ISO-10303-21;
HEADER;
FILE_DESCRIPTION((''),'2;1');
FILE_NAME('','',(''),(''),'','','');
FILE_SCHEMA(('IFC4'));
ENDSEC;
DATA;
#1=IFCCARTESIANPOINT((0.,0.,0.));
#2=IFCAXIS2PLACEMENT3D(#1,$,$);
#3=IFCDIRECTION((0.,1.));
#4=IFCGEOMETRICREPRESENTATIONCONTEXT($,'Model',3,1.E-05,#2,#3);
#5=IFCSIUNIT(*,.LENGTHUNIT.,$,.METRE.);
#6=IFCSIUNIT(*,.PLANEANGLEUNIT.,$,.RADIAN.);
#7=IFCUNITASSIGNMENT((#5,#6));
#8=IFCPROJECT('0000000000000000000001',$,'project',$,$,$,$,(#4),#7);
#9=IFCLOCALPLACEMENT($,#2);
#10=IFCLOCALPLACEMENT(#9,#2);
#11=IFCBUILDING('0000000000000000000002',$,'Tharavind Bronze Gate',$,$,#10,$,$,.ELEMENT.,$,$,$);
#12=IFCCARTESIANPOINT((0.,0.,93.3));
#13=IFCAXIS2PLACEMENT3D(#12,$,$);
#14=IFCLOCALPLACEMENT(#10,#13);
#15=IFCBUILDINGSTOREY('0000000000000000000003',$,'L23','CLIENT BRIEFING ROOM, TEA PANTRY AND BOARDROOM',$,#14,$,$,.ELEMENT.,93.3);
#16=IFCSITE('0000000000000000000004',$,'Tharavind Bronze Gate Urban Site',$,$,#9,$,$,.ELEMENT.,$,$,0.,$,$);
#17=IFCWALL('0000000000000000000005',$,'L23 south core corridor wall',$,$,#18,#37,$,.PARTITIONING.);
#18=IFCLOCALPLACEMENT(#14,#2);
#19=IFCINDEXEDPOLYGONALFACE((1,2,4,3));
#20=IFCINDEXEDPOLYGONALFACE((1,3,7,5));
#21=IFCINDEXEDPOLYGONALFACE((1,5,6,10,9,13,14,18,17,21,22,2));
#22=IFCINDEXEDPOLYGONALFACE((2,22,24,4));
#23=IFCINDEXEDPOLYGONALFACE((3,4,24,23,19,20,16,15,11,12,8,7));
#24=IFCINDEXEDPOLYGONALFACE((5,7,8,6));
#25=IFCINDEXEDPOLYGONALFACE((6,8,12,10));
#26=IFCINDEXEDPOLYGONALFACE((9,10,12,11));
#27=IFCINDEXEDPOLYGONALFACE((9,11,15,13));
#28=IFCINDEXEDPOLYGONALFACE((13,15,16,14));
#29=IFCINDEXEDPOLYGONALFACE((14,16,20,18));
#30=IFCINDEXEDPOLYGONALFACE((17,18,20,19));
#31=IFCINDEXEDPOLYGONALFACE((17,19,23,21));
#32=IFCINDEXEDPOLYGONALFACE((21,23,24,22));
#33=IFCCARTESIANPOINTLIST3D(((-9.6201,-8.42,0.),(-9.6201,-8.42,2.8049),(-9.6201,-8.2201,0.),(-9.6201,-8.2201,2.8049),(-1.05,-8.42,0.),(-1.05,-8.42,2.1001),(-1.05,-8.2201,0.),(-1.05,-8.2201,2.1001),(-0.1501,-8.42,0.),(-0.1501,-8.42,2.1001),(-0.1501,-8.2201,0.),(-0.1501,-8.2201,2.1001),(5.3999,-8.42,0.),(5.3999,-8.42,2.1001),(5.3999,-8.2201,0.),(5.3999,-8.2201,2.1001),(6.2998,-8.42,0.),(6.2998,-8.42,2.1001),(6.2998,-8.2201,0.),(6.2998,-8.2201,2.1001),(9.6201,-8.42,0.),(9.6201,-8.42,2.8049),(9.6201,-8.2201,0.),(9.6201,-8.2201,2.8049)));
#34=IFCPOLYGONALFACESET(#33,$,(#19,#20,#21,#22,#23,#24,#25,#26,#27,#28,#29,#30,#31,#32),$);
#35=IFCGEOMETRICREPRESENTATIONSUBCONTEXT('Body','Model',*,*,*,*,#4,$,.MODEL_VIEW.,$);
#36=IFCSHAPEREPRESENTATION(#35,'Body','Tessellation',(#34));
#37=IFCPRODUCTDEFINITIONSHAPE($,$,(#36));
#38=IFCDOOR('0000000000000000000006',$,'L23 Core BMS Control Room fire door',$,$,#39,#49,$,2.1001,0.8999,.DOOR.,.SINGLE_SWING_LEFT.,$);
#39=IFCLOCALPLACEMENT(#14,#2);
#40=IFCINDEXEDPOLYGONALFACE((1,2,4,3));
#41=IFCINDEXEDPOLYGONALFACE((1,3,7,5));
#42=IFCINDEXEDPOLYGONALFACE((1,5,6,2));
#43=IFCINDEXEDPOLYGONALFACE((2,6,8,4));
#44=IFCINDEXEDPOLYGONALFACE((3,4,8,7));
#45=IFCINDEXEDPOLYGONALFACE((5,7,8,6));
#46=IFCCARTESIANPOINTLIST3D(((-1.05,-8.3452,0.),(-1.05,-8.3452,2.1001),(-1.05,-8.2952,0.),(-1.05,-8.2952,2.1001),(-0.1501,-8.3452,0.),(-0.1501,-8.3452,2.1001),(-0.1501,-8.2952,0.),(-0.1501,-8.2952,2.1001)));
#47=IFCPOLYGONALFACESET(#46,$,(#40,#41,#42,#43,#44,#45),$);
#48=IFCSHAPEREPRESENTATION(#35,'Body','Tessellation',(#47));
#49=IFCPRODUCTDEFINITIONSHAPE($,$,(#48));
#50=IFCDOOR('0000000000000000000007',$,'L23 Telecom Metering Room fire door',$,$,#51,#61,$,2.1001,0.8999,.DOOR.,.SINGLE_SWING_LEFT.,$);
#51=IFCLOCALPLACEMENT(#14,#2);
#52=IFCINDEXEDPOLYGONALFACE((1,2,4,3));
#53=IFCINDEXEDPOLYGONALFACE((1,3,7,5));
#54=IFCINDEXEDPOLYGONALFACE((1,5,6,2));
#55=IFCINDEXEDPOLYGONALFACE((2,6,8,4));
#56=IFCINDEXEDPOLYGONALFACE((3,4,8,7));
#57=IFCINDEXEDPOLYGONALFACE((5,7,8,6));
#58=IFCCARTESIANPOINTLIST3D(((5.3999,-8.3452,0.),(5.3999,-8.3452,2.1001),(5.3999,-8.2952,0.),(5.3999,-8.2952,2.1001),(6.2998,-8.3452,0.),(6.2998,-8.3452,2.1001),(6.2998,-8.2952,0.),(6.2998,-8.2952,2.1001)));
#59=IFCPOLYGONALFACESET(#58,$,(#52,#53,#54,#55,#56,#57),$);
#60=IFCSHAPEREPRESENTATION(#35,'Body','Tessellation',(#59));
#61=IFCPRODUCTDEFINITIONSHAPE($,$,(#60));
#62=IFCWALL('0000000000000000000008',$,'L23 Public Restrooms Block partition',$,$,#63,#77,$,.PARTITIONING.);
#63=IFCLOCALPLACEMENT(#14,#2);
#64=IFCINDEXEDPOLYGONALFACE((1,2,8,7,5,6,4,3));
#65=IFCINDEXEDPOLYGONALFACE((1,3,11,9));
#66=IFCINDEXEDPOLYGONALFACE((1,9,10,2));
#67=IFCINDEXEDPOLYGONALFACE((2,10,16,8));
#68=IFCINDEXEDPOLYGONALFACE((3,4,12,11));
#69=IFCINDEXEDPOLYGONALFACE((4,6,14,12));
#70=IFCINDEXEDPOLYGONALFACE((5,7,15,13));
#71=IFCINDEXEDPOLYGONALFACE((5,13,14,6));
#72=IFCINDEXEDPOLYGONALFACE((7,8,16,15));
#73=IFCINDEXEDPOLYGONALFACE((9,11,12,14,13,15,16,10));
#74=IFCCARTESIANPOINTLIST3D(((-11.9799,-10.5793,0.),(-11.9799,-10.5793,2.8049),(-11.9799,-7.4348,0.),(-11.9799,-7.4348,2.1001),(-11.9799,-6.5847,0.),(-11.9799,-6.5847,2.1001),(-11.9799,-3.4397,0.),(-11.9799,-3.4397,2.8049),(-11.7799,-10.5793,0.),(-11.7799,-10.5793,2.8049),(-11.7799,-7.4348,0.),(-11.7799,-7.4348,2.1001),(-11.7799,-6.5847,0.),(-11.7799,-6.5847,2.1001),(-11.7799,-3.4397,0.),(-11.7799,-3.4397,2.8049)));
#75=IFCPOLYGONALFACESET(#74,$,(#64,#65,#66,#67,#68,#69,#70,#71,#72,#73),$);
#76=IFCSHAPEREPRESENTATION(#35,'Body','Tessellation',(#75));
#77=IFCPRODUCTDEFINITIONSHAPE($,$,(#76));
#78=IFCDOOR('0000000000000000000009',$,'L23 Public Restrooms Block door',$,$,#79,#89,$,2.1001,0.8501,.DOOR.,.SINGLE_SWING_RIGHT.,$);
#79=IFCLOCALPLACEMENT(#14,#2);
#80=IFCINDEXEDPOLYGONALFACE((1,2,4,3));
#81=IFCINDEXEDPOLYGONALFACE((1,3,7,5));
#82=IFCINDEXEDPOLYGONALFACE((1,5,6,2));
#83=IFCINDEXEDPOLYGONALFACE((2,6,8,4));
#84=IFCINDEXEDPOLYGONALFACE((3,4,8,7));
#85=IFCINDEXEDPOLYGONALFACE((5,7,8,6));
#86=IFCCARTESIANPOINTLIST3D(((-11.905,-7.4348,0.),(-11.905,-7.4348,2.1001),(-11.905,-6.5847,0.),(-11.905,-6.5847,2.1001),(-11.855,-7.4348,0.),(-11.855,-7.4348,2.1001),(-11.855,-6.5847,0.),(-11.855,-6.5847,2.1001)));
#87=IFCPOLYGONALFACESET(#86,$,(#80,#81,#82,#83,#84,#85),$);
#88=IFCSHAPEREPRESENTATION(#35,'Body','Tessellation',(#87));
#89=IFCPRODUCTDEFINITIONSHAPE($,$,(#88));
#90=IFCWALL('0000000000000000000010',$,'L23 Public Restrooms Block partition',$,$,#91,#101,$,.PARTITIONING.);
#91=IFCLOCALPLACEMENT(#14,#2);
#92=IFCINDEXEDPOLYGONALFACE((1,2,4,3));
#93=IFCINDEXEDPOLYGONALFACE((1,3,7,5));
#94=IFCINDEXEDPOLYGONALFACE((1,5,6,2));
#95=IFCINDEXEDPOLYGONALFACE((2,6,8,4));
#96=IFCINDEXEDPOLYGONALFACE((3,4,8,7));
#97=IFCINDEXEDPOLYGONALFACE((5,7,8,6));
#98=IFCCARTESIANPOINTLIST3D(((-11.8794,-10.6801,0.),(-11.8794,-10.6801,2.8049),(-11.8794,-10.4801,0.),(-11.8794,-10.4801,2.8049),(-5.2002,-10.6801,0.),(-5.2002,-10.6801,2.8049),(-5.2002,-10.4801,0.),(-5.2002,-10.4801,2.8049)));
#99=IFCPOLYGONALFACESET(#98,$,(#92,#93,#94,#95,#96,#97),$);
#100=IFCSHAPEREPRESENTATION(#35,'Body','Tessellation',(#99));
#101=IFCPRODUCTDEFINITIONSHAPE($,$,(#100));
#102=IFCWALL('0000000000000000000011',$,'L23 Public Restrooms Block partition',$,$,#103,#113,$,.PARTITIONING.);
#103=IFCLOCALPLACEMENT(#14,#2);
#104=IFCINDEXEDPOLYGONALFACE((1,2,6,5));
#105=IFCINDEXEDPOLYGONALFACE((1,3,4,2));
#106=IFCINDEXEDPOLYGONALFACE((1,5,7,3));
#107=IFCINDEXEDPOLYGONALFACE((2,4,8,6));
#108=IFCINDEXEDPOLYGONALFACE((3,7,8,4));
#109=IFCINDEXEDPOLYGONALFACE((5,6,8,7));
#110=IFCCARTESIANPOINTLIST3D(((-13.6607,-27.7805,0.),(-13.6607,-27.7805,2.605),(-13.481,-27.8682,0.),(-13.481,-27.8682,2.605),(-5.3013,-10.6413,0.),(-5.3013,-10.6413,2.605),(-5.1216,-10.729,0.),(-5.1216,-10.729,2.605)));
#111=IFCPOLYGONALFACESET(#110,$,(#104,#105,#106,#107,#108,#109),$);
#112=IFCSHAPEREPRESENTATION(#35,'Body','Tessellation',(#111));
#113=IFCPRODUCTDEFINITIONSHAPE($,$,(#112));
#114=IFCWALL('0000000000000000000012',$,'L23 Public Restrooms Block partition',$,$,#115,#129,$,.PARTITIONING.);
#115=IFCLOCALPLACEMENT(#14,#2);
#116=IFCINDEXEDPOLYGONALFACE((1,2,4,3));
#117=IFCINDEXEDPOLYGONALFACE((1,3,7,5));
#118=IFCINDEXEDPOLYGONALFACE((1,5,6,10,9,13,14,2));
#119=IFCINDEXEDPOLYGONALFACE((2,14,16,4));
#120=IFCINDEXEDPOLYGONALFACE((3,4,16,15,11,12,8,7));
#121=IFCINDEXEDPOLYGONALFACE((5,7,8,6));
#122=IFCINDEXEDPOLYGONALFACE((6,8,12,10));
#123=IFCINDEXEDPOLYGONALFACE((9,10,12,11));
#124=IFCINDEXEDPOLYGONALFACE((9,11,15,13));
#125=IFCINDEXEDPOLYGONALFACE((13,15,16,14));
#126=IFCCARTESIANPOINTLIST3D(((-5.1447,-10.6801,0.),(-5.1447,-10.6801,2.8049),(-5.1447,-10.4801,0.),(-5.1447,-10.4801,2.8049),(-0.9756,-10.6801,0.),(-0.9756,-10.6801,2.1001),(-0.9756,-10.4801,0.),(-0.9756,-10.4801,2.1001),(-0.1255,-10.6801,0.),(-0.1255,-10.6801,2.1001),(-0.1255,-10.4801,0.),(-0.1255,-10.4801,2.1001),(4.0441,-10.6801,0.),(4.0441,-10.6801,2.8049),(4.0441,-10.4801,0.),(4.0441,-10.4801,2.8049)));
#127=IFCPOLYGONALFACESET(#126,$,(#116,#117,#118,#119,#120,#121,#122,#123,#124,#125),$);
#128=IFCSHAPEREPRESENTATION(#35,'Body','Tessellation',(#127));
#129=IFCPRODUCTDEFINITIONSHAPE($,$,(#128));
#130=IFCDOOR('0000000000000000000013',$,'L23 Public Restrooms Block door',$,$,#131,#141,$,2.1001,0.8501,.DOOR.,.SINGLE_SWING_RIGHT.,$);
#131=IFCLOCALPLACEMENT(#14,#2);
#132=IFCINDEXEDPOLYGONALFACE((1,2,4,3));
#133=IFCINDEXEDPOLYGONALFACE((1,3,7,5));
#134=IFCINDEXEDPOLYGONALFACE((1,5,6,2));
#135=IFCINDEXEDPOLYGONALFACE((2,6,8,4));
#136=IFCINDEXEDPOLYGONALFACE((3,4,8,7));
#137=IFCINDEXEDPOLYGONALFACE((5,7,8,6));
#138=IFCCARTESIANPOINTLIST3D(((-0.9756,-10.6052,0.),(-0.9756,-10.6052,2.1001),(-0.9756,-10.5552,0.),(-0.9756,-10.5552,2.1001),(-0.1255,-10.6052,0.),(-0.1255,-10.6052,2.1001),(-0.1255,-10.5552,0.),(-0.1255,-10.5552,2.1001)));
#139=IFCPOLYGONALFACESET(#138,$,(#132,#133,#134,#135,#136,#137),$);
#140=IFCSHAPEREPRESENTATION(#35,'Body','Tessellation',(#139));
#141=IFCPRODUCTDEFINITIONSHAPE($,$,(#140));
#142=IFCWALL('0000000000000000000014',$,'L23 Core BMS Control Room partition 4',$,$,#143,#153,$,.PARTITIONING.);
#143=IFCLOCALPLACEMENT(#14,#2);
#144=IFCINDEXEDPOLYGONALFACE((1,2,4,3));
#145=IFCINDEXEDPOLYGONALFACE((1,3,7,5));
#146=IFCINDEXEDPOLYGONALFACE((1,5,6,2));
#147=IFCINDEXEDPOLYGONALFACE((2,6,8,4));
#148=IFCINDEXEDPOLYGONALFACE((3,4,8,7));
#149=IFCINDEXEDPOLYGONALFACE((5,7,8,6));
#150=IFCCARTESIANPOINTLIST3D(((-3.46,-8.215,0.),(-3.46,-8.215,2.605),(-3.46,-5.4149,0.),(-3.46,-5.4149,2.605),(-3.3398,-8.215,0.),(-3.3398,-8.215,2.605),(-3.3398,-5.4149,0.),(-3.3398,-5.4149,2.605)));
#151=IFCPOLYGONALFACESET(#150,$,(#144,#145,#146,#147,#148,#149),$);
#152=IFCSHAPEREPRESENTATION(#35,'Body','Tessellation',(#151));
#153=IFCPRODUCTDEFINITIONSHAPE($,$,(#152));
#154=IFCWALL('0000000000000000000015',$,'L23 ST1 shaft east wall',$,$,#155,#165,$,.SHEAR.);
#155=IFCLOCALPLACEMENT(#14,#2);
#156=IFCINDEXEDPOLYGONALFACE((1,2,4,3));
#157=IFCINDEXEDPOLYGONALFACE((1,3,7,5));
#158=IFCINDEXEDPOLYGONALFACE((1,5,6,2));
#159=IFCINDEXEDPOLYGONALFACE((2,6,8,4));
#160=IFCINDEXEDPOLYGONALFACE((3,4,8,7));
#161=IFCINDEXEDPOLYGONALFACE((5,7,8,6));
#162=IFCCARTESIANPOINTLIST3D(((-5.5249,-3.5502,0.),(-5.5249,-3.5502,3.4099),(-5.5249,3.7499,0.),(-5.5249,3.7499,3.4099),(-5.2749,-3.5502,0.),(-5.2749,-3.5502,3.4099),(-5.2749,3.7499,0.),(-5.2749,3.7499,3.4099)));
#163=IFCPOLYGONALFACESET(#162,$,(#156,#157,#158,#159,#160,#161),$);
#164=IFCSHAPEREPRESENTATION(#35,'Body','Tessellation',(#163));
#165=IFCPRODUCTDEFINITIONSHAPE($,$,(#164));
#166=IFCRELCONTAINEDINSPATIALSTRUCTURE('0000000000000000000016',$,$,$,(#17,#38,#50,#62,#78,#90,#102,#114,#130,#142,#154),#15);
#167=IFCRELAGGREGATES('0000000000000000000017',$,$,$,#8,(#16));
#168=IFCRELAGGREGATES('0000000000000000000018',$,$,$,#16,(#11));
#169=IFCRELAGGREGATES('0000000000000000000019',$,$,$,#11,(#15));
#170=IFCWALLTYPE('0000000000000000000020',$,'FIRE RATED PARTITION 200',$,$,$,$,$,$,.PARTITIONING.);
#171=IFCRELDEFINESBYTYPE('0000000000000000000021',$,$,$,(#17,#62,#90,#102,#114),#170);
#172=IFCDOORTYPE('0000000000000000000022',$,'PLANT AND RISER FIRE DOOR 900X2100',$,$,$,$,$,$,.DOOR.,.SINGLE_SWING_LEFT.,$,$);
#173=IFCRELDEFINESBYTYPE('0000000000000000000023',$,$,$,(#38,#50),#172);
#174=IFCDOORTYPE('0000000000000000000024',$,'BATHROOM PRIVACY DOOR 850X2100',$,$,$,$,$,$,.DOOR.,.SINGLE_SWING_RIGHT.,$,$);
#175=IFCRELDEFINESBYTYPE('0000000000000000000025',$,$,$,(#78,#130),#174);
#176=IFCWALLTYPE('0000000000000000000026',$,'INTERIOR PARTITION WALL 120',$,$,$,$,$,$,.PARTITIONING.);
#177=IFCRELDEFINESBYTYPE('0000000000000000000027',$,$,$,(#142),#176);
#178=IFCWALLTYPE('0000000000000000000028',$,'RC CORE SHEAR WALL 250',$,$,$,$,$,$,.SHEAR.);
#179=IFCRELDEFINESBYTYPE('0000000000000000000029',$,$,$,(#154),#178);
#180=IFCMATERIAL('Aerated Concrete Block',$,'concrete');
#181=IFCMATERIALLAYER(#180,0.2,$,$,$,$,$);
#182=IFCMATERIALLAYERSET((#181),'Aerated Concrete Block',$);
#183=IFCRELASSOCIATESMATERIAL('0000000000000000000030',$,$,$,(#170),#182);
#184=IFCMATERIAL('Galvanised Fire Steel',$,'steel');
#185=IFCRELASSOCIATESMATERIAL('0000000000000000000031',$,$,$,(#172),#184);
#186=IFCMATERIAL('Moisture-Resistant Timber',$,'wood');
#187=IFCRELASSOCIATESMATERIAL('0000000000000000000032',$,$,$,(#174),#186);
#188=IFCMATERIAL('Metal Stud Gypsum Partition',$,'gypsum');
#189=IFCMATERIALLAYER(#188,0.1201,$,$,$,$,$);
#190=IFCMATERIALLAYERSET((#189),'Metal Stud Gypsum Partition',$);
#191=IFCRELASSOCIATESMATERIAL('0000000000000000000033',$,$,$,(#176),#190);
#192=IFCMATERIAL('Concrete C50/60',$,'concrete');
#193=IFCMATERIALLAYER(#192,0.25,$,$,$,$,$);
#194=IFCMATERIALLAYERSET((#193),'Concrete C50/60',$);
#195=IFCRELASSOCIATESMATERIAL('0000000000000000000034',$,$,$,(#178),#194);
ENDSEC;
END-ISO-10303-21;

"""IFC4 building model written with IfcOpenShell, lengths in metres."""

from ifc_helpers import new_model, si_unit, direction, frame, frame_2d, origin, place, context, subcontext, project, spatial, rectangle, extrude, material, layer, layer_set, type_object, element, fill, save


model = new_model("IFC4")

# Units and contexts
model_context = context("Model", 3, precision=1e-05, world=origin(), true_north=direction((0.0, 1.0)))
body_context = subcontext(model_context, "Body", "Model", "MODEL_VIEW")
ifc_project = project(units=[si_unit("LENGTHUNIT", "METRE"), si_unit("PLANEANGLEUNIT", "RADIAN")], contexts=[model_context])

# Site, building, storey
site_placement = place(None, origin())
site = spatial("IfcSite", under=ifc_project, at=site_placement, Name="Tharavind Bronze Gate Urban Site", CompositionType="ELEMENT", RefElevation=0.0)
building_placement = place(site_placement, origin())
building = spatial("IfcBuilding", under=site, at=building_placement, Name="Tharavind Bronze Gate", CompositionType="ELEMENT")
storey_placement = place(building_placement, frame((0.0, 0.0, 93.3)))
storey = spatial("IfcBuildingStorey", under=building, at=storey_placement, Name="L23", Description="CLIENT BRIEFING ROOM, TEA PANTRY AND BOARDROOM", CompositionType="ELEMENT", Elevation=93.3)

# Wall, openings, doors
ifc_material_1 = material(Name="Aerated Concrete Block", Category="concrete")
ifc_layer_1 = layer(ifc_material_1, 0.2)
ifc_layer_set_1 = layer_set([ifc_layer_1], Name="Aerated Concrete Block")
wall_type_1 = type_object("IfcWallType", Name="FIRE RATED PARTITION 200", PredefinedType="PARTITIONING", material=ifc_layer_set_1)
wall_1_placement = place(storey_placement, frame((-9.6201, -8.3201, 0.0), z_axis=(0.0, 0.0, 1.0), x_axis=(1.0, 0.0, 0.0)))
wall_1 = element("IfcWall", 1, at=wall_1_placement, inside=storey, type_object=wall_type_1, Name="L23 south core corridor wall", PredefinedType="PARTITIONING", context=body_context, shape_type="SweptSolid", body=[
    extrude(rectangle(XDim=19.2402, YDim=0.2, at=frame_2d((9.6201, 0.0))), origin(), (0.0, 0.0, 1.0), 2.8049),
])
opening_1_placement = place(wall_1_placement, frame((8.5701, 0.0, 0.0)))
opening_1 = element("IfcOpeningElement", 2, at=opening_1_placement, cuts=wall_1, PredefinedType="OPENING", context=body_context, shape_type="SweptSolid", body=[
    extrude(rectangle(XDim=0.8999, YDim=2.1001, at=frame_2d((0.45, 1.05))), frame((0.0, 0.1101, 0.0), z_axis=(0.0, -1.0, 0.0), x_axis=(1.0, 0.0, 0.0)), (0.0, 0.0, 1.0), 0.22),
])
opening_2_placement = place(wall_1_placement, frame((15.02, 0.0, 0.0)))
opening_2 = element("IfcOpeningElement", 3, at=opening_2_placement, cuts=wall_1, PredefinedType="OPENING", context=body_context, shape_type="SweptSolid", body=[
    extrude(rectangle(XDim=0.8999, YDim=2.1001, at=frame_2d((0.45, 1.05))), frame((0.0, 0.1101, 0.0), z_axis=(0.0, -1.0, 0.0), x_axis=(1.0, 0.0, 0.0)), (0.0, 0.0, 1.0), 0.22),
])
ifc_material_2 = material(Name="Galvanised Fire Steel", Category="steel")
door_type_1 = type_object("IfcDoorType", Name="PLANT AND RISER FIRE DOOR 900X2100", OperationType="SINGLE_SWING_LEFT", PredefinedType="DOOR", material=ifc_material_2)
door_1_placement = place(opening_1_placement, origin())
door_1 = element("IfcDoor", 4, at=door_1_placement, inside=storey, type_object=door_type_1, Name="L23 Core BMS Control Room fire door", OperationType="SINGLE_SWING_LEFT", OverallHeight=2.1001, OverallWidth=0.8999, PredefinedType="DOOR", context=body_context, shape_type="SweptSolid", body=[
    extrude(rectangle(XDim=0.8999, YDim=2.1001, at=frame_2d((0.45, 1.05))), frame((0.0, 0.0249, 0.0), z_axis=(0.0, -1.0, 0.0), x_axis=(1.0, 0.0, 0.0)), (0.0, 0.0, 1.0), 0.05),
])
fill(opening_1, door_1)
door_2_placement = place(opening_2_placement, origin())
door_2 = element("IfcDoor", 5, at=door_2_placement, inside=storey, type_object=door_type_1, Name="L23 Telecom Metering Room fire door", OperationType="SINGLE_SWING_LEFT", OverallHeight=2.1001, OverallWidth=0.8999, PredefinedType="DOOR", context=body_context, shape_type="SweptSolid", body=[
    extrude(rectangle(XDim=0.8999, YDim=2.1001, at=frame_2d((0.45, 1.05))), frame((0.0, 0.0249, 0.0), z_axis=(0.0, -1.0, 0.0), x_axis=(1.0, 0.0, 0.0)), (0.0, 0.0, 1.0), 0.05),
])
fill(opening_2, door_2)

# Wall, opening, door
wall_2_placement = place(storey_placement, frame((-11.8799, -3.4397, 0.0), z_axis=(0.0, 0.0, 1.0), x_axis=(0.0, -1.0, 0.0)))
wall_2 = element("IfcWall", 6, at=wall_2_placement, inside=storey, type_object=wall_type_1, Name="L23 Public Restrooms Block partition", PredefinedType="PARTITIONING", context=body_context, shape_type="SweptSolid", body=[
    extrude(rectangle(XDim=7.1396, YDim=0.2, at=frame_2d((3.5698, 0.0))), origin(), (0.0, 0.0, 1.0), 2.8049),
])
opening_3_placement = place(wall_2_placement, frame((3.145, 0.0, 0.0)))
opening_3 = element("IfcOpeningElement", 7, at=opening_3_placement, cuts=wall_2, PredefinedType="OPENING", context=body_context, shape_type="SweptSolid", body=[
    extrude(rectangle(XDim=0.8501, YDim=2.1001, at=frame_2d((0.425, 1.05))), frame((0.0, 0.1101, 0.0), z_axis=(0.0, -1.0, 0.0), x_axis=(1.0, 0.0, 0.0)), (0.0, 0.0, 1.0), 0.22),
])
ifc_material_3 = material(Name="Moisture-Resistant Timber", Category="wood")
door_type_2 = type_object("IfcDoorType", Name="BATHROOM PRIVACY DOOR 850X2100", OperationType="SINGLE_SWING_RIGHT", PredefinedType="DOOR", material=ifc_material_3)
door_3_placement = place(opening_3_placement, origin())
door_3 = element("IfcDoor", 8, at=door_3_placement, inside=storey, type_object=door_type_2, Name="L23 Public Restrooms Block door", OperationType="SINGLE_SWING_RIGHT", OverallHeight=2.1001, OverallWidth=0.8501, PredefinedType="DOOR", context=body_context, shape_type="SweptSolid", body=[
    extrude(rectangle(XDim=0.8501, YDim=2.1001, at=frame_2d((0.425, 1.05))), frame((0.0, 0.0249, 0.0), z_axis=(0.0, -1.0, 0.0), x_axis=(1.0, 0.0, 0.0)), (0.0, 0.0, 1.0), 0.05),
])
fill(opening_3, door_3)

# Walls
wall_3_placement = place(storey_placement, frame((-11.8794, -10.5801, 0.0), z_axis=(0.0, 0.0, 1.0), x_axis=(1.0, 0.0, 0.0)))
element("IfcWall", 9, at=wall_3_placement, inside=storey, type_object=wall_type_1, Name="L23 Public Restrooms Block partition", PredefinedType="PARTITIONING", context=body_context, shape_type="SweptSolid", body=[
    extrude(rectangle(XDim=6.6792, YDim=0.2, at=frame_2d((3.3396, 0.0))), origin(), (0.0, 0.0, 1.0), 2.8049),
])
wall_4_placement = place(storey_placement, frame((-5.2114, -10.6851, 0.0), z_axis=(0.0, 0.0, 1.0), x_axis=(-0.438373, -0.898793, 0.0)))
element("IfcWall", 10, at=wall_4_placement, inside=storey, type_object=wall_type_1, Name="L23 Public Restrooms Block partition", PredefinedType="PARTITIONING", context=body_context, shape_type="SweptSolid", body=[
    extrude(rectangle(XDim=19.0691, YDim=0.2, at=frame_2d((9.5347, 0.0))), origin(), (0.0, 0.0, 1.0), 2.605),
])

# Wall, opening, door
wall_5_placement = place(storey_placement, frame((-5.1445, -10.5801, 0.0), z_axis=(0.0, 0.0, 1.0), x_axis=(1.0, 0.0, 0.0)))
wall_5 = element("IfcWall", 11, at=wall_5_placement, inside=storey, type_object=wall_type_1, Name="L23 Public Restrooms Block partition", PredefinedType="PARTITIONING", context=body_context, shape_type="SweptSolid", body=[
    extrude(rectangle(XDim=9.1887, YDim=0.2, at=frame_2d((4.5942, 0.0))), origin(), (0.0, 0.0, 1.0), 2.8049),
])
opening_4_placement = place(wall_5_placement, frame((4.1689, 0.0, 0.0)))
opening_4 = element("IfcOpeningElement", 12, at=opening_4_placement, cuts=wall_5, PredefinedType="OPENING", context=body_context, shape_type="SweptSolid", body=[
    extrude(rectangle(XDim=0.8501, YDim=2.1001, at=frame_2d((0.425, 1.05))), frame((0.0, 0.1101, 0.0), z_axis=(0.0, -1.0, 0.0), x_axis=(1.0, 0.0, 0.0)), (0.0, 0.0, 1.0), 0.22),
])
door_4_placement = place(opening_4_placement, origin())
door_4 = element("IfcDoor", 13, at=door_4_placement, inside=storey, type_object=door_type_2, Name="L23 Public Restrooms Block door", OperationType="SINGLE_SWING_RIGHT", OverallHeight=2.1001, OverallWidth=0.8501, PredefinedType="DOOR", context=body_context, shape_type="SweptSolid", body=[
    extrude(rectangle(XDim=0.8501, YDim=2.1001, at=frame_2d((0.425, 1.05))), frame((0.0, 0.0249, 0.0), z_axis=(0.0, -1.0, 0.0), x_axis=(1.0, 0.0, 0.0)), (0.0, 0.0, 1.0), 0.05),
])
fill(opening_4, door_4)

# Walls
ifc_material_4 = material(Name="Metal Stud Gypsum Partition", Category="gypsum")
ifc_layer_2 = layer(ifc_material_4, 0.1201)
ifc_layer_set_2 = layer_set([ifc_layer_2], Name="Metal Stud Gypsum Partition")
wall_type_2 = type_object("IfcWallType", Name="INTERIOR PARTITION WALL 120", PredefinedType="PARTITIONING", material=ifc_layer_set_2)
wall_6_placement = place(storey_placement, frame((-3.3999, -5.415, 0.0), z_axis=(0.0, 0.0, 1.0), x_axis=(0.0, -1.0, 0.0)))
element("IfcWall", 14, at=wall_6_placement, inside=storey, type_object=wall_type_2, Name="L23 Core BMS Control Room partition 4", PredefinedType="PARTITIONING", context=body_context, shape_type="SweptSolid", body=[
    extrude(rectangle(XDim=2.8, YDim=0.1201, at=frame_2d((1.3999, 0.0))), origin(), (0.0, 0.0, 1.0), 2.605),
])
ifc_material_5 = material(Name="Concrete C50/60", Category="concrete")
ifc_layer_3 = layer(ifc_material_5, 0.25)
ifc_layer_set_3 = layer_set([ifc_layer_3], Name="Concrete C50/60")
wall_type_3 = type_object("IfcWallType", Name="RC CORE SHEAR WALL 250", PredefinedType="SHEAR", material=ifc_layer_set_3)
wall_7_placement = place(storey_placement, frame((-5.3999, -3.55, 0.0), z_axis=(0.0, 0.0, 1.0), x_axis=(0.0, 1.0, 0.0)))
element("IfcWall", 15, at=wall_7_placement, inside=storey, type_object=wall_type_3, Name="L23 ST1 shaft east wall", PredefinedType="SHEAR", context=body_context, shape_type="SweptSolid", body=[
    extrude(rectangle(XDim=7.3, YDim=0.25, at=frame_2d((3.6499, 0.0))), origin(), (0.0, 0.0, 1.0), 3.4099),
])

save(model, "model.ifc")
